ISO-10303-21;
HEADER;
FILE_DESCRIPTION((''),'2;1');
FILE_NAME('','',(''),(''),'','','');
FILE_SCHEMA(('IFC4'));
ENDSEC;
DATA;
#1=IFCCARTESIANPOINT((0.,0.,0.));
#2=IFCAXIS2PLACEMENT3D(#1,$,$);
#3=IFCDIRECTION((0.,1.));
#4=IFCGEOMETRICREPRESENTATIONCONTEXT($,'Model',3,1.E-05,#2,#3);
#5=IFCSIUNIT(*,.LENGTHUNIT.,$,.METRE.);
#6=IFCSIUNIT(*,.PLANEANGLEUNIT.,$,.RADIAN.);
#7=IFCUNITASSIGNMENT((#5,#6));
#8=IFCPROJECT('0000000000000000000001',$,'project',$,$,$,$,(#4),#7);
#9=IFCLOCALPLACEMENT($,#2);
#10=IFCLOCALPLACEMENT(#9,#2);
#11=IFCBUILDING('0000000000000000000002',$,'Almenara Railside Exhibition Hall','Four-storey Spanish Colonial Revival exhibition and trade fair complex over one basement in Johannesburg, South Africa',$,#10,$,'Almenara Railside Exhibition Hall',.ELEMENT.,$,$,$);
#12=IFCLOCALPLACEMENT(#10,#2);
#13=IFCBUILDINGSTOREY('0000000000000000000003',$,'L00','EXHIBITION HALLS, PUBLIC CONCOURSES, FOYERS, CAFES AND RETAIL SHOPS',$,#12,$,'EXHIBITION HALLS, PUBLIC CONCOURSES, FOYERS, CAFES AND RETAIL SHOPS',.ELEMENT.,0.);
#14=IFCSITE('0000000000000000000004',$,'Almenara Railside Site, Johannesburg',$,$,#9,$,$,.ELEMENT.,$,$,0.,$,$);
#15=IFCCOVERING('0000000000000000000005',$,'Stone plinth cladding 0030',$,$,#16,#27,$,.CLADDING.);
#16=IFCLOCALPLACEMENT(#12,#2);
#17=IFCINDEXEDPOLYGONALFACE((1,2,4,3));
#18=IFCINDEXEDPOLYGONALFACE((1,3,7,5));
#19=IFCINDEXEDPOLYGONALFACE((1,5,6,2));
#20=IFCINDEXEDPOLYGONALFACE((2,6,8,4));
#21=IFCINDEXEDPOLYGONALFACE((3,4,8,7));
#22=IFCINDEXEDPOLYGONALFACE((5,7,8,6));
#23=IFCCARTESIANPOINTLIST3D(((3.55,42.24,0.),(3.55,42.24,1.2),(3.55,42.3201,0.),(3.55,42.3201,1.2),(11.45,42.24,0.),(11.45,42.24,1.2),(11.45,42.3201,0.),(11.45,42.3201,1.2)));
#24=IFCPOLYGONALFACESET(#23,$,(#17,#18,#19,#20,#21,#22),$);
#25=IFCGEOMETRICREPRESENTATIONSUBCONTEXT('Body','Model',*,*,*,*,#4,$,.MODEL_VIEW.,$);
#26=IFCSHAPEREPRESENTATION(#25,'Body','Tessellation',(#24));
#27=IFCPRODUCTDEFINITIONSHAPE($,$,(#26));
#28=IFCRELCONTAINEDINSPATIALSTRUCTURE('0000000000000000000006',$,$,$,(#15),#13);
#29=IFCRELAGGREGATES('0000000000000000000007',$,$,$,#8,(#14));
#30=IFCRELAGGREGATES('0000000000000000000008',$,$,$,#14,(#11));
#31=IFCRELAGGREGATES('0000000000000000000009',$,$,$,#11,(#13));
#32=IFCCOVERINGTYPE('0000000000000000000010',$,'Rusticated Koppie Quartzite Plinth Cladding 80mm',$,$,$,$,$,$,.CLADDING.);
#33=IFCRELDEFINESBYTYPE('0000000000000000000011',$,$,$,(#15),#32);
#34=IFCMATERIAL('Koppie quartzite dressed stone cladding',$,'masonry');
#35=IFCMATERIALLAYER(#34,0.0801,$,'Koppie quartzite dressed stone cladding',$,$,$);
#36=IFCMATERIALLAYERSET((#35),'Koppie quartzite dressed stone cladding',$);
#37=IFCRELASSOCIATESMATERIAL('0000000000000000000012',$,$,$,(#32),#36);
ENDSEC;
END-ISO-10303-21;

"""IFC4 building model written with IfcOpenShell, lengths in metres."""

from ifc_helpers import new_model, si_unit, direction, frame, origin, origin_2d, place, context, subcontext, project, spatial, rectangle, extrude, material, layer, layer_set, type_object, element, save


model = new_model("IFC4")

# Units and contexts
model_context = context("Model", 3, precision=1e-05, world=origin(), true_north=direction((0.0, 1.0)))
body_context = subcontext(model_context, "Body", "Model", "MODEL_VIEW")
ifc_project = project(units=[si_unit("LENGTHUNIT", "METRE"), si_unit("PLANEANGLEUNIT", "RADIAN")], contexts=[model_context])

# Site, building, storey
site_placement = place(None, origin())
site = spatial("IfcSite", under=ifc_project, at=site_placement, Name="Almenara Railside Site, Johannesburg", CompositionType="ELEMENT", RefElevation=0.0)
building_placement = place(site_placement, origin())
building = spatial("IfcBuilding", under=site, at=building_placement, Name="Almenara Railside Exhibition Hall", Description="Four-storey Spanish Colonial Revival exhibition and trade fair complex over one basement in Johannesburg, South Africa", LongName="Almenara Railside Exhibition Hall", CompositionType="ELEMENT")
storey_placement = place(building_placement, origin())
storey = spatial("IfcBuildingStorey", under=building, at=storey_placement, Name="L00", Description="EXHIBITION HALLS, PUBLIC CONCOURSES, FOYERS, CAFES AND RETAIL SHOPS", LongName="EXHIBITION HALLS, PUBLIC CONCOURSES, FOYERS, CAFES AND RETAIL SHOPS", CompositionType="ELEMENT", Elevation=0.0)

# Covering
ifc_material_1 = material(Name="Koppie quartzite dressed stone cladding", Category="masonry")
ifc_layer_1 = layer(ifc_material_1, 0.0801, Name="Koppie quartzite dressed stone cladding")
ifc_layer_set_1 = layer_set([ifc_layer_1], Name="Koppie quartzite dressed stone cladding")
covering_type = type_object("IfcCoveringType", Name="Rusticated Koppie Quartzite Plinth Cladding 80mm", PredefinedType="CLADDING", material=ifc_layer_set_1)
covering_1_placement = place(storey_placement, frame((7.5, 42.28, 0.0), z_axis=(0.0, 0.0, 1.0), x_axis=(-1.0, 0.0, 0.0)))
element("IfcCovering", 1, at=covering_1_placement, inside=storey, type_object=covering_type, Name="Stone plinth cladding 0030", PredefinedType="CLADDING", context=body_context, shape_type="SweptSolid", body=[
    extrude(rectangle(XDim=7.8999, YDim=0.0801, at=origin_2d()), origin(), (0.0, 0.0, 1.0), 1.2),
])

save(model, "model.ifc")
